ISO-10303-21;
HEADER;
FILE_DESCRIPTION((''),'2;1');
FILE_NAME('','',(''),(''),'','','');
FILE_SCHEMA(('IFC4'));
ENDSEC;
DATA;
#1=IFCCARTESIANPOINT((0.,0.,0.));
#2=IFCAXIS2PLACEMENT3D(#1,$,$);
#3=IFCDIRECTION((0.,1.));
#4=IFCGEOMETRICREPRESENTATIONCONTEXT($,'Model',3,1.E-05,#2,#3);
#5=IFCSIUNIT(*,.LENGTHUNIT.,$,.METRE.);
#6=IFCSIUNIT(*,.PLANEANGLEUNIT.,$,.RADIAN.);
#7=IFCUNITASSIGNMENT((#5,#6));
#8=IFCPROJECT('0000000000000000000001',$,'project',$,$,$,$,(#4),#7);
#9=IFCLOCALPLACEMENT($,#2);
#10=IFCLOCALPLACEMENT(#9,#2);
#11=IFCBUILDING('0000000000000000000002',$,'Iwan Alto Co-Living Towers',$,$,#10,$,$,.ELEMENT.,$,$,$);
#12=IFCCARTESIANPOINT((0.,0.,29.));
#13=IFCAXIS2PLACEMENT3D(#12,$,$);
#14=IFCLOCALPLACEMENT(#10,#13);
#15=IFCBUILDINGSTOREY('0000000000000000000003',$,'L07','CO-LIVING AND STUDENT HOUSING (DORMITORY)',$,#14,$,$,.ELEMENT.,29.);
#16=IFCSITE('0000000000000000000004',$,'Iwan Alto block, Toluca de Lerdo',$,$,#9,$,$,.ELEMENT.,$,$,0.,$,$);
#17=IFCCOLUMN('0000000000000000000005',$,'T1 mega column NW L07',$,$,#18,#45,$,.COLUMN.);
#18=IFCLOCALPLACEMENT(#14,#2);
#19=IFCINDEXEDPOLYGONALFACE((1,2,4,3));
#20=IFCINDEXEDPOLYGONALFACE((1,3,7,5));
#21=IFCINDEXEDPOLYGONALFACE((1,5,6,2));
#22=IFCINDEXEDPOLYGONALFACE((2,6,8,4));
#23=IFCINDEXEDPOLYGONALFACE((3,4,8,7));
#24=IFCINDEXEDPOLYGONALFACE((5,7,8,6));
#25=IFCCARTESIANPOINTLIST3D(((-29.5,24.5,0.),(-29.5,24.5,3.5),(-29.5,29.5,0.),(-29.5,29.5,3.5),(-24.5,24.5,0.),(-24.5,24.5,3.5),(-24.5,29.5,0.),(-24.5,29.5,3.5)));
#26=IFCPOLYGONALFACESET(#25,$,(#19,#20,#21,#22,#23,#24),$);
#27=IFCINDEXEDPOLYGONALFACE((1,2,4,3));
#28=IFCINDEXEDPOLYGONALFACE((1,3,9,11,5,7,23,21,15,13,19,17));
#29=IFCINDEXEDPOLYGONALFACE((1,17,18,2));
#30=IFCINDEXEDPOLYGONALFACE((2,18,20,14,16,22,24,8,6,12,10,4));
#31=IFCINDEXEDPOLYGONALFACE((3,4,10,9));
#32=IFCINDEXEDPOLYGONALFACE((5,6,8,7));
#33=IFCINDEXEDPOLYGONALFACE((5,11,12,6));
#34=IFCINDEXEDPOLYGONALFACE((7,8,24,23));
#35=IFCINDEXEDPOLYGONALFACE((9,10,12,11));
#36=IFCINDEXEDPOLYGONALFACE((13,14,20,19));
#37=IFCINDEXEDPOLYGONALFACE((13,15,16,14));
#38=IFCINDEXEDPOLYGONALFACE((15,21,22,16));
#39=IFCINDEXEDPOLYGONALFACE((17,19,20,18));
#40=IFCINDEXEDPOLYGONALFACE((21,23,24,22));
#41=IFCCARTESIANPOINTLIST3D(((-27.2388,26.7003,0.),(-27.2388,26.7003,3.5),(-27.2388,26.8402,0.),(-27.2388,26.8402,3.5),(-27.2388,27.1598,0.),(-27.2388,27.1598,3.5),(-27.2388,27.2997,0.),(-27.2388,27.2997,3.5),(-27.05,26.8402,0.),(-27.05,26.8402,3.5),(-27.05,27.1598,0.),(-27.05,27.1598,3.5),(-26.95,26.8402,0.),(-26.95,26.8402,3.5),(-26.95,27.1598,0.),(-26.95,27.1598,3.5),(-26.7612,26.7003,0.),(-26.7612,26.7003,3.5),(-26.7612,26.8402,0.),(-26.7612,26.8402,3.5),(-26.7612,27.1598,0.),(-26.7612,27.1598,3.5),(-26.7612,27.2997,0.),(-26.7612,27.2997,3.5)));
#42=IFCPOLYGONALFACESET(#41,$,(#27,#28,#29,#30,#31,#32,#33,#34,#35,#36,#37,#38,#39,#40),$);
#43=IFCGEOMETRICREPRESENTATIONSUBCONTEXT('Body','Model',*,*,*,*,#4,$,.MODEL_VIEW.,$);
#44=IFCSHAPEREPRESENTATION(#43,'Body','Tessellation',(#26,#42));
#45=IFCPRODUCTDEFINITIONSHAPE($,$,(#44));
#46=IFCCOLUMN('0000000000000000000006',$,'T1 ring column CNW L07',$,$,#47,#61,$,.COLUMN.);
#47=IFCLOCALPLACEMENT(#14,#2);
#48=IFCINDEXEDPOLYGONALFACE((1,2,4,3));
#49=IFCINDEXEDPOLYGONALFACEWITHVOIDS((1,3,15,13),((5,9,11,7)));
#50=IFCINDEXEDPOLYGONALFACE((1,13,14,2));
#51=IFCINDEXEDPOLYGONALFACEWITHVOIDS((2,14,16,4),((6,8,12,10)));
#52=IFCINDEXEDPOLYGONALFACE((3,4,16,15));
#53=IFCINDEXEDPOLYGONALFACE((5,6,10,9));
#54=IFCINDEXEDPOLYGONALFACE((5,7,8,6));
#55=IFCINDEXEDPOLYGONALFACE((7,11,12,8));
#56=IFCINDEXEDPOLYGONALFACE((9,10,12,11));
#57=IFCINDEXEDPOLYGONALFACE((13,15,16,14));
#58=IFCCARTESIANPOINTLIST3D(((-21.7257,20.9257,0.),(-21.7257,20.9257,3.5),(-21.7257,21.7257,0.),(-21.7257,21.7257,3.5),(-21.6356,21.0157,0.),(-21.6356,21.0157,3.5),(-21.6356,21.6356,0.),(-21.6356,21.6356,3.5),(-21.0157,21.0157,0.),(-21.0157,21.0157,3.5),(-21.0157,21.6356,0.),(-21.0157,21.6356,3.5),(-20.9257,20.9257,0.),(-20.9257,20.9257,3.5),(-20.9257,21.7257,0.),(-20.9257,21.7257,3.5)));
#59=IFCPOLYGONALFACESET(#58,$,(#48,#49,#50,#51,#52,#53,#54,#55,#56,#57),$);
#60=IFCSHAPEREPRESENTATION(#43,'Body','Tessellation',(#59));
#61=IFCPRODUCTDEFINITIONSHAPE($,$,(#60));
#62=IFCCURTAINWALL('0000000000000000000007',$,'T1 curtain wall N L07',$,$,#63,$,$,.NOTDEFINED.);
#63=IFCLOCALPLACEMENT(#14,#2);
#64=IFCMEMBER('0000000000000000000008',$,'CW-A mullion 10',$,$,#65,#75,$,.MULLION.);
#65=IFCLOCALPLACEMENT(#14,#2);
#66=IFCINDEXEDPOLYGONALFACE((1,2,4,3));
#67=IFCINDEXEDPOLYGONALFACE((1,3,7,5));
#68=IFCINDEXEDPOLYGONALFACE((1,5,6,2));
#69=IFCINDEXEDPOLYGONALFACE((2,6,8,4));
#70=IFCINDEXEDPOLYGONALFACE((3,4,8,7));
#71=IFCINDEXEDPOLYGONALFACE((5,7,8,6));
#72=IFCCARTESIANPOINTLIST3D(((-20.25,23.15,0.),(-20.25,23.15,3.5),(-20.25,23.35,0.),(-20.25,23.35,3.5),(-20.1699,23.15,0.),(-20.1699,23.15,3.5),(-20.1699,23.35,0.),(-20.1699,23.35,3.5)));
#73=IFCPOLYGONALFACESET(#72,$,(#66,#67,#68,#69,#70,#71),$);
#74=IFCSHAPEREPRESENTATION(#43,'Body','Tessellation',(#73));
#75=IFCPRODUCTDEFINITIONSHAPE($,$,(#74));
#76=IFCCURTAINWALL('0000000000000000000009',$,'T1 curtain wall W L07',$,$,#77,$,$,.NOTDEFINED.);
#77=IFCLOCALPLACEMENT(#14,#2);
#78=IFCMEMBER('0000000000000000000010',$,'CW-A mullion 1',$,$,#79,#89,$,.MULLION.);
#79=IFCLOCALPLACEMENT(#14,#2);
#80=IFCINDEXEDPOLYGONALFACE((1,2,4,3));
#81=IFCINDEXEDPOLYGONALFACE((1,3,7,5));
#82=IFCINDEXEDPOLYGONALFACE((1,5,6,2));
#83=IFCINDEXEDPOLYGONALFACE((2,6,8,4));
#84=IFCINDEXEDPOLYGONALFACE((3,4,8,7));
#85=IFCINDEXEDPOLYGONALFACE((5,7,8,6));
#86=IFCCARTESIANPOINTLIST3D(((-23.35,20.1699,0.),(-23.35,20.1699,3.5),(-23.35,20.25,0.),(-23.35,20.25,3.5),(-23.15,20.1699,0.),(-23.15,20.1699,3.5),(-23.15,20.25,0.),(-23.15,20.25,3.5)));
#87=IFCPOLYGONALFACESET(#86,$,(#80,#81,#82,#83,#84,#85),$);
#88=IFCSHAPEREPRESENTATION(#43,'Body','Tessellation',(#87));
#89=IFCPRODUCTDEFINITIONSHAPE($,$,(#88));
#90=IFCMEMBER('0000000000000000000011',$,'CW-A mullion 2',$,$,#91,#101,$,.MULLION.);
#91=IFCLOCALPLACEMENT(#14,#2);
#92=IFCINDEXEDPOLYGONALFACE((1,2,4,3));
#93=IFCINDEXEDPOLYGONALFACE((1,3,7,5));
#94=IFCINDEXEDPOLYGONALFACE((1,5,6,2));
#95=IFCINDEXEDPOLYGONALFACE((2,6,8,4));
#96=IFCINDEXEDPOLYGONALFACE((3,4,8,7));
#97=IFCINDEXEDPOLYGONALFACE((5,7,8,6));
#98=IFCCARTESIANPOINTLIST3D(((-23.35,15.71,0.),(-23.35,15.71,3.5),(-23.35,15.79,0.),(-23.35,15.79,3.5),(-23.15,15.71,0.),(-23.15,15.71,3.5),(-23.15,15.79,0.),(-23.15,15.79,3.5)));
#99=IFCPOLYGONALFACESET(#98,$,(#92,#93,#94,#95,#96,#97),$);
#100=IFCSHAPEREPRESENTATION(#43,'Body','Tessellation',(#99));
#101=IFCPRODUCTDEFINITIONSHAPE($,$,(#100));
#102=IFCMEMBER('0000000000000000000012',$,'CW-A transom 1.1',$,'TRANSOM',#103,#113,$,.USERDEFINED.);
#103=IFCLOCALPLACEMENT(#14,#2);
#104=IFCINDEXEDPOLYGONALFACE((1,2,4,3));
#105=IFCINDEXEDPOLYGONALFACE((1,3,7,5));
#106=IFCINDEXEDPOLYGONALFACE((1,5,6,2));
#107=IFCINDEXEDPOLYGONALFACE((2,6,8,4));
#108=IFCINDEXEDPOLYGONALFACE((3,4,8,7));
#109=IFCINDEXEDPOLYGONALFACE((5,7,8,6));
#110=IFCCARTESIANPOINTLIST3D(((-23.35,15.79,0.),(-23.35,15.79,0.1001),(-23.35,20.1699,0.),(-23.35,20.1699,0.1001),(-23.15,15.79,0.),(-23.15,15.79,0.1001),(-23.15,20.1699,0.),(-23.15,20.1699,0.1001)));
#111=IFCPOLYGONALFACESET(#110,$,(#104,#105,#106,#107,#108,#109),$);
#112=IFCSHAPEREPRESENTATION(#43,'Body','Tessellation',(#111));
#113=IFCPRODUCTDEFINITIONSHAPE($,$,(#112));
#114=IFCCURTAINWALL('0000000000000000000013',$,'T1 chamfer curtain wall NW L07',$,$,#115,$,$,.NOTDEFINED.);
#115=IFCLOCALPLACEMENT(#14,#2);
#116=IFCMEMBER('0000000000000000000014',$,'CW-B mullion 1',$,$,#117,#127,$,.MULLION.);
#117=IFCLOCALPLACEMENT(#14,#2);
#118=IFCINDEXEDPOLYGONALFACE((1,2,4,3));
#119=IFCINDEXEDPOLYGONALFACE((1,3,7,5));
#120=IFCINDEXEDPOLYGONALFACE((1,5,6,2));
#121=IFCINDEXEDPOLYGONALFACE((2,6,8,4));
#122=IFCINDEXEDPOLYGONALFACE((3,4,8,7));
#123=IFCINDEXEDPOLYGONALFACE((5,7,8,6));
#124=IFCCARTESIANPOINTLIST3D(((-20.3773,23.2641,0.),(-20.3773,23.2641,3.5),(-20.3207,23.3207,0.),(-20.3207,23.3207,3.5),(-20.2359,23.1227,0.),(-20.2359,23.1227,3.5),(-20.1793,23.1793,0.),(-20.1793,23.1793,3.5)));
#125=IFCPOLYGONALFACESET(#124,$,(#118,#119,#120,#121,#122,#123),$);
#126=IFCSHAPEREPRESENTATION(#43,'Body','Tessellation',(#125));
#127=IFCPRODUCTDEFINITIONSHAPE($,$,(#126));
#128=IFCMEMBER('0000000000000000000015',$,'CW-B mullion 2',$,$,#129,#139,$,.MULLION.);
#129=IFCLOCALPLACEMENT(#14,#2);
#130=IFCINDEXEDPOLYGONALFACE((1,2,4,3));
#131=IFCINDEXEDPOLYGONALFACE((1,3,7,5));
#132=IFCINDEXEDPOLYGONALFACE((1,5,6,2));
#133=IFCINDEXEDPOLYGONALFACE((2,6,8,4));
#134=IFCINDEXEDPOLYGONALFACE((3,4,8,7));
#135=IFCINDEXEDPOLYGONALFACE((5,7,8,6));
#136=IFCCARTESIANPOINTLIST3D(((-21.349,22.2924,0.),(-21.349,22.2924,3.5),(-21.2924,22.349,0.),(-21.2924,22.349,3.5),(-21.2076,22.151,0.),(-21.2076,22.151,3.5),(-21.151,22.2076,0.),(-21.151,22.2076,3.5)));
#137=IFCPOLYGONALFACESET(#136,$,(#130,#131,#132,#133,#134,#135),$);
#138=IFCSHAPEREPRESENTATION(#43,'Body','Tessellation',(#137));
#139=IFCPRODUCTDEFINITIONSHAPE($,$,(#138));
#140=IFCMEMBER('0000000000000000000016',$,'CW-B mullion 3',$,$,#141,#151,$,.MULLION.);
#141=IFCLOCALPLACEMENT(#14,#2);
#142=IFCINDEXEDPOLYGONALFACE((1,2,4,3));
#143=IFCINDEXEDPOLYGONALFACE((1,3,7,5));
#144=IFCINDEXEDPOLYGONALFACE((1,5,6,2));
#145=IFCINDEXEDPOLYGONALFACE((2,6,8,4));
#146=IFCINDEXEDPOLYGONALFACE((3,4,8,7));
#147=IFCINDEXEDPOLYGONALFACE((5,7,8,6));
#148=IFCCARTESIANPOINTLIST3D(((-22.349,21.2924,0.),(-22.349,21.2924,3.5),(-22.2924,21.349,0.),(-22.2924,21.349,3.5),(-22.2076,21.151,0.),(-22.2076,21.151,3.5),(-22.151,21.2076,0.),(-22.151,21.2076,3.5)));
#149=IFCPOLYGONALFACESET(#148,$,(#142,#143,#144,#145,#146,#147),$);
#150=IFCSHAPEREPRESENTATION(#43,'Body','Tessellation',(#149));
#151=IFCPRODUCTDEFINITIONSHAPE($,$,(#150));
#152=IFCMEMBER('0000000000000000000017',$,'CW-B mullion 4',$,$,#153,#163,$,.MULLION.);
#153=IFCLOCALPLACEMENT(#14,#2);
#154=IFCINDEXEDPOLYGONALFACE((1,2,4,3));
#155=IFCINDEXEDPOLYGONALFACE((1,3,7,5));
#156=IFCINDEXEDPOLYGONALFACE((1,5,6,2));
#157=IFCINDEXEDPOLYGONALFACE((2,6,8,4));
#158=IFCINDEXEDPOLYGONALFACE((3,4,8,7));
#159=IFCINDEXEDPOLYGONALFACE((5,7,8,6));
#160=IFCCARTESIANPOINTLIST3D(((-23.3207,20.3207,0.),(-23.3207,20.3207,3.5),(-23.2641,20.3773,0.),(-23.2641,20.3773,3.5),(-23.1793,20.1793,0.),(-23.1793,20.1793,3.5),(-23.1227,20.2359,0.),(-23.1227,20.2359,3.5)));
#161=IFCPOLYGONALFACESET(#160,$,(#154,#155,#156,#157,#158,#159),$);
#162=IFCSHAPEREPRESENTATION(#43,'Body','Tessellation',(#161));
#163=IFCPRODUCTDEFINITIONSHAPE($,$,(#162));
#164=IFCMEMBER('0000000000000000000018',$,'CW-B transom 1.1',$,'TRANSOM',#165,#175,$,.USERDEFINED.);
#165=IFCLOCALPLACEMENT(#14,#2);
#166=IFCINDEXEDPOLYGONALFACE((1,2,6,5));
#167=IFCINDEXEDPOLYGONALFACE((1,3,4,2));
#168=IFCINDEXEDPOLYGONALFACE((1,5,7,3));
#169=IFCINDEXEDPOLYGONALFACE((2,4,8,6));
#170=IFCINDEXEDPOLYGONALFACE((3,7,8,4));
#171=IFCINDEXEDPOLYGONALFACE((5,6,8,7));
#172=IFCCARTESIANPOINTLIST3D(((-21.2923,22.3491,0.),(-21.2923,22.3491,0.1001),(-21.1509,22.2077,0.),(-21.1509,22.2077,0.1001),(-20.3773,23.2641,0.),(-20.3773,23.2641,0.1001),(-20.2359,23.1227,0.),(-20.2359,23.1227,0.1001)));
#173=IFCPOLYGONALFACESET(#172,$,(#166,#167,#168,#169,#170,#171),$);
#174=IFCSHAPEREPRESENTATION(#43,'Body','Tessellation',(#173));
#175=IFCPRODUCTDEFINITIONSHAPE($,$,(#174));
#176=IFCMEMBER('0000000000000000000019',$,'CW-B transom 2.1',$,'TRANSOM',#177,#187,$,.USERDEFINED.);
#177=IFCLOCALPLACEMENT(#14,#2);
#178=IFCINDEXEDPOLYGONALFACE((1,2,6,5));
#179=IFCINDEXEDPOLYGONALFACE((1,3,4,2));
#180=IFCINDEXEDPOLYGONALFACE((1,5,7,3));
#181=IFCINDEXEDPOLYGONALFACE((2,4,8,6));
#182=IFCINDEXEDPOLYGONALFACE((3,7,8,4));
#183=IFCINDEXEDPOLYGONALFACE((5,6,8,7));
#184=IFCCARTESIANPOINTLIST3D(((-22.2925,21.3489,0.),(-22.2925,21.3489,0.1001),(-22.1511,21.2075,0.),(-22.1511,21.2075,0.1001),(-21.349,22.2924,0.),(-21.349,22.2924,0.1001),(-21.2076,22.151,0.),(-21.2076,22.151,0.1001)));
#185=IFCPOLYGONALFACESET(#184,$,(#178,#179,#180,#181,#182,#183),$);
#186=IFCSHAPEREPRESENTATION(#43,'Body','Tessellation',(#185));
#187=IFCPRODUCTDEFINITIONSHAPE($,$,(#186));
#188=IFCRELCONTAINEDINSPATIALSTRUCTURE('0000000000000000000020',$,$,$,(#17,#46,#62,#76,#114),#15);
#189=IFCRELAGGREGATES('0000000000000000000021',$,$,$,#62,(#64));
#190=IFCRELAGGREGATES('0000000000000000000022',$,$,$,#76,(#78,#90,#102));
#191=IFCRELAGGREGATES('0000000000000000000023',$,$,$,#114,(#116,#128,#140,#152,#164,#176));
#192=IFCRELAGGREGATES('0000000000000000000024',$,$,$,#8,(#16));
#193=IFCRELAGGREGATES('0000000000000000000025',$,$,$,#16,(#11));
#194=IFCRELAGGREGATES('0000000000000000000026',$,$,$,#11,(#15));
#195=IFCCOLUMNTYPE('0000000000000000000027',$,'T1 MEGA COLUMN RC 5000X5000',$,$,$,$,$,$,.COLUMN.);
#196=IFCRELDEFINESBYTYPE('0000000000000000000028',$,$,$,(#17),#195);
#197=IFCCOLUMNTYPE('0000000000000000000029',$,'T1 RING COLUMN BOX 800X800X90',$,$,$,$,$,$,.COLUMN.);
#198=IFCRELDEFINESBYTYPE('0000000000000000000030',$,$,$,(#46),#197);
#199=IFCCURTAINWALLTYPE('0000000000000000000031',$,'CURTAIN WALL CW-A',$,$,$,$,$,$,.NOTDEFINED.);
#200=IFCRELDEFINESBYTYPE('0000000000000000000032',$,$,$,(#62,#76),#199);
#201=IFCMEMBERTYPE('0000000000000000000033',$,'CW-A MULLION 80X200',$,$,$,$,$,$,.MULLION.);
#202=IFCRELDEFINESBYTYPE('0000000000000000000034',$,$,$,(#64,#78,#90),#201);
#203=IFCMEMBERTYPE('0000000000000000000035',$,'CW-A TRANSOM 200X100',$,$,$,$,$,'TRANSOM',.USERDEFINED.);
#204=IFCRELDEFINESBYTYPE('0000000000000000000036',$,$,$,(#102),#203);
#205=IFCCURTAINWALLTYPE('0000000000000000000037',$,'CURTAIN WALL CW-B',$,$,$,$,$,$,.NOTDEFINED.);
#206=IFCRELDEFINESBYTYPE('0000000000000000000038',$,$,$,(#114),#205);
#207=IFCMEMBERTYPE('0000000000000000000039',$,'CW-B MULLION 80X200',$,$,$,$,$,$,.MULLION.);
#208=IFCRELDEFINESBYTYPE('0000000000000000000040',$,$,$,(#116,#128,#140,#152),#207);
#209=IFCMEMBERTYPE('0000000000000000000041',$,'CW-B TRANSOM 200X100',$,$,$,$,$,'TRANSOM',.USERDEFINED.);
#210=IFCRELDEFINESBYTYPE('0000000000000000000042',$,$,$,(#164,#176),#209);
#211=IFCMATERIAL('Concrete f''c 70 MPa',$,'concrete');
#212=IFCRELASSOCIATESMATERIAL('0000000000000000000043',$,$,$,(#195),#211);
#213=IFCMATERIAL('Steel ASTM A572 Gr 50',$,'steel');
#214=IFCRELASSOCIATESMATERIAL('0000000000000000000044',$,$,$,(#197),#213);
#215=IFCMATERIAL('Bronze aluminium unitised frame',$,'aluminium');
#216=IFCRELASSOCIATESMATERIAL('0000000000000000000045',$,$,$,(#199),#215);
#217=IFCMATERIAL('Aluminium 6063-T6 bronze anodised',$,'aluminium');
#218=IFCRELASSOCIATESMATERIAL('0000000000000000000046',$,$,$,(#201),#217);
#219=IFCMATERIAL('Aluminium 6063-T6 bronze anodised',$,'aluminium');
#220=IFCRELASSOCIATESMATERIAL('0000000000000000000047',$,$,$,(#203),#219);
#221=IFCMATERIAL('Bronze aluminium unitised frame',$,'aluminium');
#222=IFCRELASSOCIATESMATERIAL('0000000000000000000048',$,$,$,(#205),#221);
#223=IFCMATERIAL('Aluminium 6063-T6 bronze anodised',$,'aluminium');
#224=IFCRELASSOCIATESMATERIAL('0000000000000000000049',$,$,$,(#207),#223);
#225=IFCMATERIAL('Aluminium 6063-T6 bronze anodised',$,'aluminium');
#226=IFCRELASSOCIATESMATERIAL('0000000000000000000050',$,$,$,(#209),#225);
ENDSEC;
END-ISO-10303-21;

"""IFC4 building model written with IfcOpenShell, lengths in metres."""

from ifc_helpers import new_model, si_unit, direction, frame, origin, origin_2d, place, context, subcontext, project, spatial, rectangle, hollow_rectangle, i_section, extrude, material, material_profile, profile_set, type_object, element, aggregate, save


model = new_model("IFC4")

# Units and contexts
model_context = context("Model", 3, precision=1e-05, world=origin(), true_north=direction((0.0, 1.0)))
body_context = subcontext(model_context, "Body", "Model", "MODEL_VIEW")
ifc_project = project(units=[si_unit("LENGTHUNIT", "METRE"), si_unit("PLANEANGLEUNIT", "RADIAN")], contexts=[model_context])

# Site, building, storey
site_placement = place(None, origin())
site = spatial("IfcSite", under=ifc_project, at=site_placement, Name="Iwan Alto block, Toluca de Lerdo", CompositionType="ELEMENT", RefElevation=0.0)
building_placement = place(site_placement, origin())
building = spatial("IfcBuilding", under=site, at=building_placement, Name="Iwan Alto Co-Living Towers", CompositionType="ELEMENT")
storey_placement = place(building_placement, frame((0.0, 0.0, 29.0)))
storey = spatial("IfcBuildingStorey", under=building, at=storey_placement, Name="L07", Description="CO-LIVING AND STUDENT HOUSING (DORMITORY)", CompositionType="ELEMENT", Elevation=29.0)

# Columns
ifc_material_1 = material(Name="Concrete f'c 70 MPa", Category="concrete")
ifc_material_profile_1 = material_profile(ifc_material_1, rectangle(XDim=5.0, YDim=5.0, at=origin_2d()), Name="RC 5000X5000")
ifc_profile_set_1 = profile_set([ifc_material_profile_1], Name="Concrete f'c 70 MPa")
column_type_1 = type_object("IfcColumnType", Name="T1 MEGA COLUMN RC 5000X5000", PredefinedType="COLUMN", material=ifc_profile_set_1)
column_1_placement = place(storey_placement, frame((-27.0, 27.0, 0.0), z_axis=(0.0, 0.0, 1.0), x_axis=(1.0, 0.0, 0.0)))
element("IfcColumn", 1, at=column_1_placement, inside=storey, type_object=column_type_1, Name="T1 mega column NW L07", PredefinedType="COLUMN", context=body_context, shape_type="SweptSolid", body=[
    extrude(rectangle(XDim=5.0, YDim=5.0, at=origin_2d()), origin(), (0.0, 0.0, 1.0), 3.5),
    extrude(i_section(OverallWidth=0.4775, OverallDepth=0.5994, WebThickness=0.1001, FlangeThickness=0.1399, at=origin_2d()), origin(), (0.0, 0.0, 1.0), 3.5),
])
ifc_material_2 = material(Name="Steel ASTM A572 Gr 50", Category="steel")
ifc_material_profile_2 = material_profile(ifc_material_2, hollow_rectangle(XDim=0.8, YDim=0.8, WallThickness=0.0901, at=origin_2d()), Name="BOX 800X800X90")
ifc_profile_set_2 = profile_set([ifc_material_profile_2], Name="Steel ASTM A572 Gr 50")
column_type_2 = type_object("IfcColumnType", Name="T1 RING COLUMN BOX 800X800X90", PredefinedType="COLUMN", material=ifc_profile_set_2)
column_2_placement = place(storey_placement, frame((-21.3257, 21.3257, 0.0), z_axis=(0.0, 0.0, 1.0), x_axis=(1.0, 0.0, 0.0)))
element("IfcColumn", 2, at=column_2_placement, inside=storey, type_object=column_type_2, Name="T1 ring column CNW L07", PredefinedType="COLUMN", context=body_context, shape_type="SweptSolid", body=[
    extrude(hollow_rectangle(XDim=0.8, YDim=0.8, WallThickness=0.0901, at=origin_2d()), origin(), (0.0, 0.0, 1.0), 3.5),
])

# Curtain wall, member
ifc_material_3 = material(Name="Bronze aluminium unitised frame", Category="aluminium")
curtain_wall_type_1 = type_object("IfcCurtainWallType", Name="CURTAIN WALL CW-A", PredefinedType="NOTDEFINED", material=ifc_material_3)
curtain_wall_1_placement = place(storey_placement, origin())
curtain_wall_1 = element("IfcCurtainWall", 3, at=curtain_wall_1_placement, inside=storey, type_object=curtain_wall_type_1, Name="T1 curtain wall N L07", PredefinedType="NOTDEFINED")
ifc_material_4 = material(Name="Aluminium 6063-T6 bronze anodised", Category="aluminium")
ifc_material_profile_3 = material_profile(ifc_material_4, rectangle(XDim=0.2, YDim=0.0801, at=origin_2d()), Name="AL 80X200")
ifc_profile_set_3 = profile_set([ifc_material_profile_3], Name="Aluminium 6063-T6 bronze anodised")
member_type_1 = type_object("IfcMemberType", Name="CW-A MULLION 80X200", PredefinedType="MULLION", material=ifc_profile_set_3)
member_1_placement = place(storey_placement, frame((-20.21, 23.25, 0.0), z_axis=(0.0, 0.0, 1.0), x_axis=(0.0, -1.0, 0.0)))
member_1 = element("IfcMember", 4, at=member_1_placement, type_object=member_type_1, Name="CW-A mullion 10", PredefinedType="MULLION", context=body_context, shape_type="SweptSolid", body=[
    extrude(rectangle(XDim=0.2, YDim=0.0801, at=origin_2d()), origin(), (0.0, 0.0, 1.0), 3.5),
])
aggregate(curtain_wall_1, [member_1])

# Curtain walls, members
curtain_wall_2_placement = place(storey_placement, origin())
curtain_wall_2 = element("IfcCurtainWall", 5, at=curtain_wall_2_placement, inside=storey, type_object=curtain_wall_type_1, Name="T1 curtain wall W L07", PredefinedType="NOTDEFINED")
member_2_placement = place(storey_placement, frame((-23.25, 20.21, 0.0), z_axis=(0.0, 0.0, 1.0), x_axis=(1.0, 0.0, 0.0)))
member_2 = element("IfcMember", 6, at=member_2_placement, type_object=member_type_1, Name="CW-A mullion 1", PredefinedType="MULLION", context=body_context, shape_type="SweptSolid", body=[
    extrude(rectangle(XDim=0.2, YDim=0.0801, at=origin_2d()), origin(), (0.0, 0.0, 1.0), 3.5),
])
member_3_placement = place(storey_placement, frame((-23.25, 15.75, 0.0), z_axis=(0.0, 0.0, 1.0), x_axis=(1.0, 0.0, 0.0)))
member_3 = element("IfcMember", 7, at=member_3_placement, type_object=member_type_1, Name="CW-A mullion 2", PredefinedType="MULLION", context=body_context, shape_type="SweptSolid", body=[
    extrude(rectangle(XDim=0.2, YDim=0.0801, at=origin_2d()), origin(), (0.0, 0.0, 1.0), 3.5),
])
ifc_material_5 = material(Name="Aluminium 6063-T6 bronze anodised", Category="aluminium")
ifc_material_profile_4 = material_profile(ifc_material_5, rectangle(XDim=0.2, YDim=0.1001, at=origin_2d()), Name="AL 200X100")
ifc_profile_set_4 = profile_set([ifc_material_profile_4], Name="Aluminium 6063-T6 bronze anodised")
member_type_2 = type_object("IfcMemberType", Name="CW-A TRANSOM 200X100", ElementType="TRANSOM", PredefinedType="USERDEFINED", material=ifc_profile_set_4)
member_4_placement = place(storey_placement, frame((-23.25, 20.1699, 0.05), z_axis=(0.0, -1.0, 0.0), x_axis=(1.0, 0.0, 0.0)))
member_4 = element("IfcMember", 8, at=member_4_placement, type_object=member_type_2, Name="CW-A transom 1.1", ObjectType="TRANSOM", PredefinedType="USERDEFINED", context=body_context, shape_type="SweptSolid", body=[
    extrude(rectangle(XDim=0.2, YDim=0.1001, at=origin_2d()), origin(), (0.0, 0.0, 1.0), 4.3799),
])
ifc_material_6 = material(Name="Bronze aluminium unitised frame", Category="aluminium")
curtain_wall_type_2 = type_object("IfcCurtainWallType", Name="CURTAIN WALL CW-B", PredefinedType="NOTDEFINED", material=ifc_material_6)
curtain_wall_3_placement = place(storey_placement, origin())
curtain_wall_3 = element("IfcCurtainWall", 9, at=curtain_wall_3_placement, inside=storey, type_object=curtain_wall_type_2, Name="T1 chamfer curtain wall NW L07", PredefinedType="NOTDEFINED")
ifc_material_7 = material(Name="Aluminium 6063-T6 bronze anodised", Category="aluminium")
ifc_material_profile_5 = material_profile(ifc_material_7, rectangle(XDim=0.2, YDim=0.0801, at=origin_2d()), Name="AL 80X200")
ifc_profile_set_5 = profile_set([ifc_material_profile_5], Name="Aluminium 6063-T6 bronze anodised")
member_type_3 = type_object("IfcMemberType", Name="CW-B MULLION 80X200", PredefinedType="MULLION", material=ifc_profile_set_5)
member_5_placement = place(storey_placement, frame((-20.2783, 23.2217, 0.0), z_axis=(0.0, 0.0, 1.0), x_axis=(0.707107, -0.707107, 0.0)))
member_5 = element("IfcMember", 10, at=member_5_placement, type_object=member_type_3, Name="CW-B mullion 1", PredefinedType="MULLION", context=body_context, shape_type="SweptSolid", body=[
    extrude(rectangle(XDim=0.2, YDim=0.0801, at=origin_2d()), origin(), (0.0, 0.0, 1.0), 3.5),
])
member_6_placement = place(storey_placement, frame((-21.25, 22.25, 0.0), z_axis=(0.0, 0.0, 1.0), x_axis=(0.707107, -0.707107, 0.0)))
member_6 = element("IfcMember", 11, at=member_6_placement, type_object=member_type_3, Name="CW-B mullion 2", PredefinedType="MULLION", context=body_context, shape_type="SweptSolid", body=[
    extrude(rectangle(XDim=0.2, YDim=0.0801, at=origin_2d()), origin(), (0.0, 0.0, 1.0), 3.5),
])
member_7_placement = place(storey_placement, frame((-22.25, 21.25, 0.0), z_axis=(0.0, 0.0, 1.0), x_axis=(0.707107, -0.707107, 0.0)))
member_7 = element("IfcMember", 12, at=member_7_placement, type_object=member_type_3, Name="CW-B mullion 3", PredefinedType="MULLION", context=body_context, shape_type="SweptSolid", body=[
    extrude(rectangle(XDim=0.2, YDim=0.0801, at=origin_2d()), origin(), (0.0, 0.0, 1.0), 3.5),
])
member_8_placement = place(storey_placement, frame((-23.2217, 20.2783, 0.0), z_axis=(0.0, 0.0, 1.0), x_axis=(0.707107, -0.707107, 0.0)))
member_8 = element("IfcMember", 13, at=member_8_placement, type_object=member_type_3, Name="CW-B mullion 4", PredefinedType="MULLION", context=body_context, shape_type="SweptSolid", body=[
    extrude(rectangle(XDim=0.2, YDim=0.0801, at=origin_2d()), origin(), (0.0, 0.0, 1.0), 3.5),
])
ifc_material_8 = material(Name="Aluminium 6063-T6 bronze anodised", Category="aluminium")
ifc_material_profile_6 = material_profile(ifc_material_8, rectangle(XDim=0.2, YDim=0.1001, at=origin_2d()), Name="AL 200X100")
ifc_profile_set_6 = profile_set([ifc_material_profile_6], Name="Aluminium 6063-T6 bronze anodised")
member_type_4 = type_object("IfcMemberType", Name="CW-B TRANSOM 200X100", ElementType="TRANSOM", PredefinedType="USERDEFINED", material=ifc_profile_set_6)
member_9_placement = place(storey_placement, frame((-20.3066, 23.1934, 0.05), z_axis=(-0.707107, -0.707107, 0.0), x_axis=(0.707107, -0.707107, 0.0)))
member_9 = element("IfcMember", 14, at=member_9_placement, type_object=member_type_4, Name="CW-B transom 1.1", ObjectType="TRANSOM", PredefinedType="USERDEFINED", context=body_context, shape_type="SweptSolid", body=[
    extrude(rectangle(XDim=0.2, YDim=0.1001, at=origin_2d()), origin(), (0.0, 0.0, 1.0), 1.2939),
])
member_10_placement = place(storey_placement, frame((-21.2783, 22.2217, 0.05), z_axis=(-0.707107, -0.707107, 0.0), x_axis=(0.707107, -0.707107, 0.0)))
member_10 = element("IfcMember", 15, at=member_10_placement, type_object=member_type_4, Name="CW-B transom 2.1", ObjectType="TRANSOM", PredefinedType="USERDEFINED", context=body_context, shape_type="SweptSolid", body=[
    extrude(rectangle(XDim=0.2, YDim=0.1001, at=origin_2d()), origin(), (0.0, 0.0, 1.0), 1.3342),
])

aggregate(curtain_wall_2, [member_2, member_3, member_4])
aggregate(curtain_wall_3, [member_5, member_6, member_7, member_8, member_9, member_10])

save(model, "model.ifc")
